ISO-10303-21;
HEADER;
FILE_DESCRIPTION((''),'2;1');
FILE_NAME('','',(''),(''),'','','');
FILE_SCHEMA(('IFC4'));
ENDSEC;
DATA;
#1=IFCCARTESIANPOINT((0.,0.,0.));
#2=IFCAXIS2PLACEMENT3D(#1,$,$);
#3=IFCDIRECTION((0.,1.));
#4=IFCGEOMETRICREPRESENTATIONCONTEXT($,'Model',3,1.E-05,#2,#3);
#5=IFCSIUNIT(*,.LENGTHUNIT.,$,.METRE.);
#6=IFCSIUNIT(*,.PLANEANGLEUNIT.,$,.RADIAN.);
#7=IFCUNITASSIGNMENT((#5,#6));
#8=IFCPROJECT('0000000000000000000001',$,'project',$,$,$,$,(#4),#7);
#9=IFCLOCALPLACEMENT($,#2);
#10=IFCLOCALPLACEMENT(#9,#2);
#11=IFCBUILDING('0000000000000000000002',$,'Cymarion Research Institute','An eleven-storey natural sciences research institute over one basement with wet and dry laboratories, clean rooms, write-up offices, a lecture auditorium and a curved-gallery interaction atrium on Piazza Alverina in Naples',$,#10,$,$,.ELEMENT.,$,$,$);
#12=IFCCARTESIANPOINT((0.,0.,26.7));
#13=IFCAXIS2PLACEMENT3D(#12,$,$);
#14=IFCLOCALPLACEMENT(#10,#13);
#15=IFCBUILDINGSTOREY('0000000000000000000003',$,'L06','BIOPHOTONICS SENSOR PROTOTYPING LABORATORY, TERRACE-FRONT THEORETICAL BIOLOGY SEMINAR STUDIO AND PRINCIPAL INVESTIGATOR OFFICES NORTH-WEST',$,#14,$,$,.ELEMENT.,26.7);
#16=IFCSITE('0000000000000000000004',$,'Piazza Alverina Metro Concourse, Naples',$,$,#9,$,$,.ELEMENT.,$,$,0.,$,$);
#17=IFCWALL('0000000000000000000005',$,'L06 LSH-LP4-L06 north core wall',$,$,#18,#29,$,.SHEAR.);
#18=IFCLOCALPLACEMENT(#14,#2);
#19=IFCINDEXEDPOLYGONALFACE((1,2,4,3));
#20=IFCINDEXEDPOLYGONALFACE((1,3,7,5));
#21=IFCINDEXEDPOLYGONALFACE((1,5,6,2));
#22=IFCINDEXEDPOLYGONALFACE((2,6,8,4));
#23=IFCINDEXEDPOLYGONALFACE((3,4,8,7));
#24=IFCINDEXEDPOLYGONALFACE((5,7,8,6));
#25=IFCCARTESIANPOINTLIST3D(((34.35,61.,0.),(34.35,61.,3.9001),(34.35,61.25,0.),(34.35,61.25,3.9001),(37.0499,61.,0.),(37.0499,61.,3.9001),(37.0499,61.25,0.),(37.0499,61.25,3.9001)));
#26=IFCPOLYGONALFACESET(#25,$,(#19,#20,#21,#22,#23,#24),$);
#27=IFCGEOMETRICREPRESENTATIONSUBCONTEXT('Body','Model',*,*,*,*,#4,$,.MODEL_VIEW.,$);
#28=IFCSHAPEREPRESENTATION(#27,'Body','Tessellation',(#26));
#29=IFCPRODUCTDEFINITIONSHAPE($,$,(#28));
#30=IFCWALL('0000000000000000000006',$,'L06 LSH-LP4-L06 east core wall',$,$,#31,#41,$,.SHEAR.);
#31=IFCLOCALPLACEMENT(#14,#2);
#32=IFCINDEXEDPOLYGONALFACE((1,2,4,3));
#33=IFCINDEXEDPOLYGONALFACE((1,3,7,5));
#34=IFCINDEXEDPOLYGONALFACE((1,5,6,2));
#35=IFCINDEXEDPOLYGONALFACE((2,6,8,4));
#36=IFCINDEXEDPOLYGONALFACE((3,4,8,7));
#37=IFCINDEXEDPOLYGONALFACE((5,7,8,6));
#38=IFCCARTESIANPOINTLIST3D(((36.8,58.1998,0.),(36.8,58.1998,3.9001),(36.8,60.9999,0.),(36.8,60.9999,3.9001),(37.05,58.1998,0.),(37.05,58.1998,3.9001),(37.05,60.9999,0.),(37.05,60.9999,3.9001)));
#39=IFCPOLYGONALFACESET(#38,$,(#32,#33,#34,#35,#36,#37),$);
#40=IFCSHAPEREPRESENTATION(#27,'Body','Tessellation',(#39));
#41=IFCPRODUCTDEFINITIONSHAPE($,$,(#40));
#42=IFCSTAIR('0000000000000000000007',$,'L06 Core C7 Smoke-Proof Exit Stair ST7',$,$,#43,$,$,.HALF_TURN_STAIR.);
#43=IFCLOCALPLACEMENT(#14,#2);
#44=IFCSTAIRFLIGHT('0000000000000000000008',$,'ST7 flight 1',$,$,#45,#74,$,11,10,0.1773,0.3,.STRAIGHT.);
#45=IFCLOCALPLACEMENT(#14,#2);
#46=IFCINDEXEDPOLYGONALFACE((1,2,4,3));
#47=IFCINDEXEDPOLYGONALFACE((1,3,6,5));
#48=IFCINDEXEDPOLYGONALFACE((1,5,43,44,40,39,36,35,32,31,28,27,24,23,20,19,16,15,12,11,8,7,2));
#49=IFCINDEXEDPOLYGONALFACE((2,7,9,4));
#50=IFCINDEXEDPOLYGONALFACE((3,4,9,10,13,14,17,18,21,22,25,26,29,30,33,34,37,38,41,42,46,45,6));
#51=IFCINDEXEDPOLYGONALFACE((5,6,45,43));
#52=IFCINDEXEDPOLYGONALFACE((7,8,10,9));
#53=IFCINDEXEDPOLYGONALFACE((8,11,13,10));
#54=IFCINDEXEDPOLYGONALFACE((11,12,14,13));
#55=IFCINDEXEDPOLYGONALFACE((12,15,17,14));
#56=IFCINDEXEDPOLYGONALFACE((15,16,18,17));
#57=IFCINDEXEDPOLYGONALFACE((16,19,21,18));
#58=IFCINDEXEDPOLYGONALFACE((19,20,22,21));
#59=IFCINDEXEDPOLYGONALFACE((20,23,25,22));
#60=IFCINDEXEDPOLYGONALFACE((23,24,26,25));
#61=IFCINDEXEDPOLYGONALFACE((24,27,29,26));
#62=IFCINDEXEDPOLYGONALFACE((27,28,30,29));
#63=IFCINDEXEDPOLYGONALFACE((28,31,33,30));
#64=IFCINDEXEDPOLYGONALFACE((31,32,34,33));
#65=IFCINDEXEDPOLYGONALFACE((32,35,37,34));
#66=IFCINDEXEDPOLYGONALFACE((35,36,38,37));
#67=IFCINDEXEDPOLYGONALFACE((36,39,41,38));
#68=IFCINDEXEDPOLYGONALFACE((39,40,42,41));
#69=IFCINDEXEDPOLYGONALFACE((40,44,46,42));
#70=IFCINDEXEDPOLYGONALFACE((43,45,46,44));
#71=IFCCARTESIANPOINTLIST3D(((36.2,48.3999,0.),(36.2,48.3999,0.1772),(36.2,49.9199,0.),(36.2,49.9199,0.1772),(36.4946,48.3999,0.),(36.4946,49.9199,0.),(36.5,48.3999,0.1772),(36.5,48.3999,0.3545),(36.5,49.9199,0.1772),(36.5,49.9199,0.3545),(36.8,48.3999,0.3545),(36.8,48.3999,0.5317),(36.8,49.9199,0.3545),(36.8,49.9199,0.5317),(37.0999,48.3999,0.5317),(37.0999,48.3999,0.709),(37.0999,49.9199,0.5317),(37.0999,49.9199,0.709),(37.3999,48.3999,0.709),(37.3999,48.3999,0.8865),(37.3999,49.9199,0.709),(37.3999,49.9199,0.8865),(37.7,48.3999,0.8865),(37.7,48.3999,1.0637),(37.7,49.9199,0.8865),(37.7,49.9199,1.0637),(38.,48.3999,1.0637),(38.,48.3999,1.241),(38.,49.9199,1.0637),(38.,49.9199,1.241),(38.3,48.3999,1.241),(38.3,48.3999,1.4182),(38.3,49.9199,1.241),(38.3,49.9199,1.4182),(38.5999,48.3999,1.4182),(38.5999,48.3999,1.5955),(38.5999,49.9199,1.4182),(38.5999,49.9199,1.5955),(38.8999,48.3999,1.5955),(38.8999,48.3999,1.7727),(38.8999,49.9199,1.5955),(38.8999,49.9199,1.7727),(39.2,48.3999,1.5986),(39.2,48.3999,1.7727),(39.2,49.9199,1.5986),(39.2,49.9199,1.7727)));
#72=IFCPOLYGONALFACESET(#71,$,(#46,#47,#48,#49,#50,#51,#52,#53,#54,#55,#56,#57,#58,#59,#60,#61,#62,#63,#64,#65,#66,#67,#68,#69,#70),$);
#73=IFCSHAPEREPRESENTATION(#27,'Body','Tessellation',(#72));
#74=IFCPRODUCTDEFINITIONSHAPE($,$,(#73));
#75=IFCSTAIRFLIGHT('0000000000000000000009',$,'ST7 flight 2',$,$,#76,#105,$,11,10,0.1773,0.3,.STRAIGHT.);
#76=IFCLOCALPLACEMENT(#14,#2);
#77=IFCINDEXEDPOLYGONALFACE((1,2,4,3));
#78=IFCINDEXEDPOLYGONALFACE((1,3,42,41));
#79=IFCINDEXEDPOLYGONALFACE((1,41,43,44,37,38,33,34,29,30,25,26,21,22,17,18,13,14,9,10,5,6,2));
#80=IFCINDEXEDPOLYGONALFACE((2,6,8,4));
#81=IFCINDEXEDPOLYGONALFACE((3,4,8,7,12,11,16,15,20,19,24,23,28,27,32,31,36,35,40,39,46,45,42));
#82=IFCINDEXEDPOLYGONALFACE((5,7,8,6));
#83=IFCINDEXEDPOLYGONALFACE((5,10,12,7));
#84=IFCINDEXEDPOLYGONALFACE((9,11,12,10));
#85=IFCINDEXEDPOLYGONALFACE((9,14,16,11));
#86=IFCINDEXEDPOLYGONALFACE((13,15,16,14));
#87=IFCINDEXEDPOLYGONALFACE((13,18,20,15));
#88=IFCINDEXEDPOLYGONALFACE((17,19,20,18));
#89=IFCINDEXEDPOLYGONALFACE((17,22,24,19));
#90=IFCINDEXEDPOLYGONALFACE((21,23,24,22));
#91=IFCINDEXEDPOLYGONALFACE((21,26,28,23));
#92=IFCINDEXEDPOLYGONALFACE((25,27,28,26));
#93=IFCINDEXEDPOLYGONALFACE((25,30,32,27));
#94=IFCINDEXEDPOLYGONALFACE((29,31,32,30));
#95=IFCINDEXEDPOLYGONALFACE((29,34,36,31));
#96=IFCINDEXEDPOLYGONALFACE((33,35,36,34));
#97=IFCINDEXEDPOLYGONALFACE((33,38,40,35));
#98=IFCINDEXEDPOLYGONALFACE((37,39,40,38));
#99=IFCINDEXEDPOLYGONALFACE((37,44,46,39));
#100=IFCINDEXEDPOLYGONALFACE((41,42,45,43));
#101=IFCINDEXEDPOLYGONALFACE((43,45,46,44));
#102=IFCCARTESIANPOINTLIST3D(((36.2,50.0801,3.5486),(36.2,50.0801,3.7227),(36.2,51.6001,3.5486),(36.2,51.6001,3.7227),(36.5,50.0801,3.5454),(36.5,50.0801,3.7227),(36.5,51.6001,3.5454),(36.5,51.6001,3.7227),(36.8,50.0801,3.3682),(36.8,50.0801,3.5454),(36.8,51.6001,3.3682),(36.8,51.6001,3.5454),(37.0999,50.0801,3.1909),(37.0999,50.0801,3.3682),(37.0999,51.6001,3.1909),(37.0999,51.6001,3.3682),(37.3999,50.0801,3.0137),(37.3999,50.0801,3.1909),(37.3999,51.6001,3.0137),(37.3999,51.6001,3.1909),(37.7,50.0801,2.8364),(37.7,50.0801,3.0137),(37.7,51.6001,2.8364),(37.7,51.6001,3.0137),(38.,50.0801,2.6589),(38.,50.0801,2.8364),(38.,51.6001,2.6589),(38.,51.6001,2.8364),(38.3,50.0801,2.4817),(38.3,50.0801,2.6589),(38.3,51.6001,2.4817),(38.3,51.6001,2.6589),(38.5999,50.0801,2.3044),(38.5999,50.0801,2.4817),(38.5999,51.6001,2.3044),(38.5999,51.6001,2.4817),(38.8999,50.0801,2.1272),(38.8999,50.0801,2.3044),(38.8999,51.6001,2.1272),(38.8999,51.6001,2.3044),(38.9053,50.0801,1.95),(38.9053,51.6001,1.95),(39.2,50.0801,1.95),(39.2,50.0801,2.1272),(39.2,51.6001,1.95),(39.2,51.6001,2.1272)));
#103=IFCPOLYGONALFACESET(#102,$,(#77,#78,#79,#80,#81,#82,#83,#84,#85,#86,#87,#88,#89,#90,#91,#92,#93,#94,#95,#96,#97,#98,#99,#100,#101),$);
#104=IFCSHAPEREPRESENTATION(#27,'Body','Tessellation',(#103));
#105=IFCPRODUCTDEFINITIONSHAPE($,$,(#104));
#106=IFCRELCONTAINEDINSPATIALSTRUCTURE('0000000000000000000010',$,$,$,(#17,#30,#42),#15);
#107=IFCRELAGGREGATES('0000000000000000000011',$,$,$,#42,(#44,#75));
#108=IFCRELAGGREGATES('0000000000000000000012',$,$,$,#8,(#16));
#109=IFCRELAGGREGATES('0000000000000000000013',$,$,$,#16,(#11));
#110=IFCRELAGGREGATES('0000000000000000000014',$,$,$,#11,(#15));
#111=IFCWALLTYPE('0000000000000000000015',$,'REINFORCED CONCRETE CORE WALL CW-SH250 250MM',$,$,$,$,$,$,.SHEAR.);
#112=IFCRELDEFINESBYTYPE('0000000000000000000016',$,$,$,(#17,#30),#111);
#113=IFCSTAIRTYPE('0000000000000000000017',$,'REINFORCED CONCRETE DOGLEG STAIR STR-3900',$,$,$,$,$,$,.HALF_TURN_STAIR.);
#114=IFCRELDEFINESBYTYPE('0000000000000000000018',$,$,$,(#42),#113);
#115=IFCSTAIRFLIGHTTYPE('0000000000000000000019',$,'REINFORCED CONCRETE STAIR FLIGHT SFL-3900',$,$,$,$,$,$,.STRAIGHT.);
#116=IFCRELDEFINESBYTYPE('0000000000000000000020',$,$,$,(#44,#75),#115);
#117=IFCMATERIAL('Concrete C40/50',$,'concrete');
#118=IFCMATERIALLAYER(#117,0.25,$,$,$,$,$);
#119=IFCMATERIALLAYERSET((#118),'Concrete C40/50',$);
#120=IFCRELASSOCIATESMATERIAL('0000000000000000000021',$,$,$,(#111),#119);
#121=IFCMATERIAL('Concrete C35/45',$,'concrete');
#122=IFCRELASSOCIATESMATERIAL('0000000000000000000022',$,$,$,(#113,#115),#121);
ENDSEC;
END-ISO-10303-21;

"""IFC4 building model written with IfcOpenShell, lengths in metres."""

from ifc_helpers import new_model, si_unit, direction, frame, frame_2d, origin, place, context, subcontext, project, spatial, polyline, rectangle, outline, extrude, material, layer, layer_set, type_object, element, aggregate, save


model = new_model("IFC4")

# Units and contexts
model_context = context("Model", 3, precision=1e-05, world=origin(), true_north=direction((0.0, 1.0)))
body_context = subcontext(model_context, "Body", "Model", "MODEL_VIEW")
ifc_project = project(units=[si_unit("LENGTHUNIT", "METRE"), si_unit("PLANEANGLEUNIT", "RADIAN")], contexts=[model_context])

# Site, building, storey
site_placement = place(None, origin())
site = spatial("IfcSite", under=ifc_project, at=site_placement, Name="Piazza Alverina Metro Concourse, Naples", CompositionType="ELEMENT", RefElevation=0.0)
building_placement = place(site_placement, origin())
building = spatial("IfcBuilding", under=site, at=building_placement, Name="Cymarion Research Institute", Description="An eleven-storey natural sciences research institute over one basement with wet and dry laboratories, clean rooms, write-up offices, a lecture auditorium and a curved-gallery interaction atrium on Piazza Alverina in Naples", CompositionType="ELEMENT")
storey_placement = place(building_placement, frame((0.0, 0.0, 26.7)))
storey = spatial("IfcBuildingStorey", under=building, at=storey_placement, Name="L06", Description="BIOPHOTONICS SENSOR PROTOTYPING LABORATORY, TERRACE-FRONT THEORETICAL BIOLOGY SEMINAR STUDIO AND PRINCIPAL INVESTIGATOR OFFICES NORTH-WEST", CompositionType="ELEMENT", Elevation=26.7)

# Shared definitions
ifc_material_1 = material(Name="Concrete C40/50", Category="concrete")

# Wall
ifc_layer_1 = layer(ifc_material_1, 0.25)
ifc_layer_set_1 = layer_set([ifc_layer_1], Name="Concrete C40/50")
wall_type_1 = type_object("IfcWallType", Name="REINFORCED CONCRETE CORE WALL CW-SH250 250MM", PredefinedType="SHEAR", material=ifc_layer_set_1)
for number, where, z_axis, x_axis, name in (
    (1, (37.05, 61.125, 0.0), (0.0, 0.0, 1.0), (-1.0, 0.0, 0.0), "L06 LSH-LP4-L06 north core wall"),
):
    element("IfcWall", number, at=place(storey_placement, frame(where, z_axis=z_axis, x_axis=x_axis)), inside=storey, type_object=wall_type_1, Name=name, PredefinedType="SHEAR", context=body_context, shape_type="SweptSolid", body=[
        extrude(rectangle(XDim=2.7, YDim=0.25, at=frame_2d((1.3501, 0.0))), origin(), (0.0, 0.0, 1.0), 3.9001),
    ])

# Wall
wall_1_placement = place(storey_placement, frame((36.925, 58.2, 0.0), z_axis=(0.0, 0.0, 1.0), x_axis=(0.0, 1.0, 0.0)))
element("IfcWall", 2, at=wall_1_placement, inside=storey, type_object=wall_type_1, Name="L06 LSH-LP4-L06 east core wall", PredefinedType="SHEAR", context=body_context, shape_type="SweptSolid", body=[
    extrude(rectangle(XDim=2.8, YDim=0.25, at=frame_2d((1.3999, 0.0))), origin(), (0.0, 0.0, 1.0), 3.9001),
])

# Stair, stair flights
ifc_material_2 = material(Name="Concrete C35/45", Category="concrete")
stair_type = type_object("IfcStairType", Name="REINFORCED CONCRETE DOGLEG STAIR STR-3900", PredefinedType="HALF_TURN_STAIR", material=ifc_material_2)
stair_placement = place(storey_placement, origin())
stair = element("IfcStair", 3, at=stair_placement, inside=storey, type_object=stair_type, Name="L06 Core C7 Smoke-Proof Exit Stair ST7", PredefinedType="HALF_TURN_STAIR")
stair_flight_type = type_object("IfcStairFlightType", Name="REINFORCED CONCRETE STAIR FLIGHT SFL-3900", PredefinedType="STRAIGHT", material=ifc_material_2)
stair_flight_1_placement = place(storey_placement, frame((36.2, 49.1599, 0.0), z_axis=(0.0, 0.0, 1.0), x_axis=(1.0, 0.0, 0.0)))
stair_flight_1 = element("IfcStairFlight", 4, at=stair_flight_1_placement, type_object=stair_flight_type, Name="ST7 flight 1", NumberOfRisers=11, NumberOfTreads=10, PredefinedType="STRAIGHT", RiserHeight=0.1773, TreadLength=0.3, context=body_context, shape_type="SweptSolid", body=[
    extrude(outline(polyline([(0.0, 0.0), (0.0, 0.1772), (0.3, 0.1772), (0.3, 0.3545), (0.6001, 0.3545), (0.6001, 0.5317), (0.8999, 0.5317), (0.8999, 0.709), (1.2, 0.709), (1.2, 0.8865), (1.5, 0.8865), (1.5, 1.0637), (1.8, 1.0637), (1.8, 1.241), (2.1001, 1.241), (2.1001, 1.4182), (2.3999, 1.4182), (2.3999, 1.5955), (2.7, 1.5955), (2.7, 1.7727), (3.0, 1.7727), (3.0, 1.95), (3.0, 1.5986), (0.2947, 0.0), (0.0, 0.0)])), frame((0.0, 0.76, 0.0), z_axis=(0.0, -1.0, 0.0), x_axis=(1.0, 0.0, 0.0)), (0.0, 0.0, 1.0), 1.52),
])
stair_flight_2_placement = place(storey_placement, frame((39.2, 50.8401, 1.95), z_axis=(0.0, 0.0, 1.0), x_axis=(-1.0, 0.0, 0.0)))
stair_flight_2 = element("IfcStairFlight", 5, at=stair_flight_2_placement, type_object=stair_flight_type, Name="ST7 flight 2", NumberOfRisers=11, NumberOfTreads=10, PredefinedType="STRAIGHT", RiserHeight=0.1773, TreadLength=0.3, context=body_context, shape_type="SweptSolid", body=[
    extrude(outline(polyline([(0.0, 0.0), (0.0, 0.1772), (0.3, 0.1772), (0.3, 0.3545), (0.6001, 0.3545), (0.6001, 0.5317), (0.8999, 0.5317), (0.8999, 0.709), (1.2, 0.709), (1.2, 0.8865), (1.5, 0.8865), (1.5, 1.0637), (1.8, 1.0637), (1.8, 1.241), (2.1001, 1.241), (2.1001, 1.4182), (2.3999, 1.4182), (2.3999, 1.5955), (2.7, 1.5955), (2.7, 1.7727), (3.0, 1.7727), (3.0, 1.95), (3.0, 1.5986), (0.2947, 0.0), (0.0, 0.0)])), frame((0.0, 0.76, 0.0), z_axis=(0.0, -1.0, 0.0), x_axis=(1.0, 0.0, 0.0)), (0.0, 0.0, 1.0), 1.52),
])
aggregate(stair, [stair_flight_1, stair_flight_2])

save(model, "model.ifc")
